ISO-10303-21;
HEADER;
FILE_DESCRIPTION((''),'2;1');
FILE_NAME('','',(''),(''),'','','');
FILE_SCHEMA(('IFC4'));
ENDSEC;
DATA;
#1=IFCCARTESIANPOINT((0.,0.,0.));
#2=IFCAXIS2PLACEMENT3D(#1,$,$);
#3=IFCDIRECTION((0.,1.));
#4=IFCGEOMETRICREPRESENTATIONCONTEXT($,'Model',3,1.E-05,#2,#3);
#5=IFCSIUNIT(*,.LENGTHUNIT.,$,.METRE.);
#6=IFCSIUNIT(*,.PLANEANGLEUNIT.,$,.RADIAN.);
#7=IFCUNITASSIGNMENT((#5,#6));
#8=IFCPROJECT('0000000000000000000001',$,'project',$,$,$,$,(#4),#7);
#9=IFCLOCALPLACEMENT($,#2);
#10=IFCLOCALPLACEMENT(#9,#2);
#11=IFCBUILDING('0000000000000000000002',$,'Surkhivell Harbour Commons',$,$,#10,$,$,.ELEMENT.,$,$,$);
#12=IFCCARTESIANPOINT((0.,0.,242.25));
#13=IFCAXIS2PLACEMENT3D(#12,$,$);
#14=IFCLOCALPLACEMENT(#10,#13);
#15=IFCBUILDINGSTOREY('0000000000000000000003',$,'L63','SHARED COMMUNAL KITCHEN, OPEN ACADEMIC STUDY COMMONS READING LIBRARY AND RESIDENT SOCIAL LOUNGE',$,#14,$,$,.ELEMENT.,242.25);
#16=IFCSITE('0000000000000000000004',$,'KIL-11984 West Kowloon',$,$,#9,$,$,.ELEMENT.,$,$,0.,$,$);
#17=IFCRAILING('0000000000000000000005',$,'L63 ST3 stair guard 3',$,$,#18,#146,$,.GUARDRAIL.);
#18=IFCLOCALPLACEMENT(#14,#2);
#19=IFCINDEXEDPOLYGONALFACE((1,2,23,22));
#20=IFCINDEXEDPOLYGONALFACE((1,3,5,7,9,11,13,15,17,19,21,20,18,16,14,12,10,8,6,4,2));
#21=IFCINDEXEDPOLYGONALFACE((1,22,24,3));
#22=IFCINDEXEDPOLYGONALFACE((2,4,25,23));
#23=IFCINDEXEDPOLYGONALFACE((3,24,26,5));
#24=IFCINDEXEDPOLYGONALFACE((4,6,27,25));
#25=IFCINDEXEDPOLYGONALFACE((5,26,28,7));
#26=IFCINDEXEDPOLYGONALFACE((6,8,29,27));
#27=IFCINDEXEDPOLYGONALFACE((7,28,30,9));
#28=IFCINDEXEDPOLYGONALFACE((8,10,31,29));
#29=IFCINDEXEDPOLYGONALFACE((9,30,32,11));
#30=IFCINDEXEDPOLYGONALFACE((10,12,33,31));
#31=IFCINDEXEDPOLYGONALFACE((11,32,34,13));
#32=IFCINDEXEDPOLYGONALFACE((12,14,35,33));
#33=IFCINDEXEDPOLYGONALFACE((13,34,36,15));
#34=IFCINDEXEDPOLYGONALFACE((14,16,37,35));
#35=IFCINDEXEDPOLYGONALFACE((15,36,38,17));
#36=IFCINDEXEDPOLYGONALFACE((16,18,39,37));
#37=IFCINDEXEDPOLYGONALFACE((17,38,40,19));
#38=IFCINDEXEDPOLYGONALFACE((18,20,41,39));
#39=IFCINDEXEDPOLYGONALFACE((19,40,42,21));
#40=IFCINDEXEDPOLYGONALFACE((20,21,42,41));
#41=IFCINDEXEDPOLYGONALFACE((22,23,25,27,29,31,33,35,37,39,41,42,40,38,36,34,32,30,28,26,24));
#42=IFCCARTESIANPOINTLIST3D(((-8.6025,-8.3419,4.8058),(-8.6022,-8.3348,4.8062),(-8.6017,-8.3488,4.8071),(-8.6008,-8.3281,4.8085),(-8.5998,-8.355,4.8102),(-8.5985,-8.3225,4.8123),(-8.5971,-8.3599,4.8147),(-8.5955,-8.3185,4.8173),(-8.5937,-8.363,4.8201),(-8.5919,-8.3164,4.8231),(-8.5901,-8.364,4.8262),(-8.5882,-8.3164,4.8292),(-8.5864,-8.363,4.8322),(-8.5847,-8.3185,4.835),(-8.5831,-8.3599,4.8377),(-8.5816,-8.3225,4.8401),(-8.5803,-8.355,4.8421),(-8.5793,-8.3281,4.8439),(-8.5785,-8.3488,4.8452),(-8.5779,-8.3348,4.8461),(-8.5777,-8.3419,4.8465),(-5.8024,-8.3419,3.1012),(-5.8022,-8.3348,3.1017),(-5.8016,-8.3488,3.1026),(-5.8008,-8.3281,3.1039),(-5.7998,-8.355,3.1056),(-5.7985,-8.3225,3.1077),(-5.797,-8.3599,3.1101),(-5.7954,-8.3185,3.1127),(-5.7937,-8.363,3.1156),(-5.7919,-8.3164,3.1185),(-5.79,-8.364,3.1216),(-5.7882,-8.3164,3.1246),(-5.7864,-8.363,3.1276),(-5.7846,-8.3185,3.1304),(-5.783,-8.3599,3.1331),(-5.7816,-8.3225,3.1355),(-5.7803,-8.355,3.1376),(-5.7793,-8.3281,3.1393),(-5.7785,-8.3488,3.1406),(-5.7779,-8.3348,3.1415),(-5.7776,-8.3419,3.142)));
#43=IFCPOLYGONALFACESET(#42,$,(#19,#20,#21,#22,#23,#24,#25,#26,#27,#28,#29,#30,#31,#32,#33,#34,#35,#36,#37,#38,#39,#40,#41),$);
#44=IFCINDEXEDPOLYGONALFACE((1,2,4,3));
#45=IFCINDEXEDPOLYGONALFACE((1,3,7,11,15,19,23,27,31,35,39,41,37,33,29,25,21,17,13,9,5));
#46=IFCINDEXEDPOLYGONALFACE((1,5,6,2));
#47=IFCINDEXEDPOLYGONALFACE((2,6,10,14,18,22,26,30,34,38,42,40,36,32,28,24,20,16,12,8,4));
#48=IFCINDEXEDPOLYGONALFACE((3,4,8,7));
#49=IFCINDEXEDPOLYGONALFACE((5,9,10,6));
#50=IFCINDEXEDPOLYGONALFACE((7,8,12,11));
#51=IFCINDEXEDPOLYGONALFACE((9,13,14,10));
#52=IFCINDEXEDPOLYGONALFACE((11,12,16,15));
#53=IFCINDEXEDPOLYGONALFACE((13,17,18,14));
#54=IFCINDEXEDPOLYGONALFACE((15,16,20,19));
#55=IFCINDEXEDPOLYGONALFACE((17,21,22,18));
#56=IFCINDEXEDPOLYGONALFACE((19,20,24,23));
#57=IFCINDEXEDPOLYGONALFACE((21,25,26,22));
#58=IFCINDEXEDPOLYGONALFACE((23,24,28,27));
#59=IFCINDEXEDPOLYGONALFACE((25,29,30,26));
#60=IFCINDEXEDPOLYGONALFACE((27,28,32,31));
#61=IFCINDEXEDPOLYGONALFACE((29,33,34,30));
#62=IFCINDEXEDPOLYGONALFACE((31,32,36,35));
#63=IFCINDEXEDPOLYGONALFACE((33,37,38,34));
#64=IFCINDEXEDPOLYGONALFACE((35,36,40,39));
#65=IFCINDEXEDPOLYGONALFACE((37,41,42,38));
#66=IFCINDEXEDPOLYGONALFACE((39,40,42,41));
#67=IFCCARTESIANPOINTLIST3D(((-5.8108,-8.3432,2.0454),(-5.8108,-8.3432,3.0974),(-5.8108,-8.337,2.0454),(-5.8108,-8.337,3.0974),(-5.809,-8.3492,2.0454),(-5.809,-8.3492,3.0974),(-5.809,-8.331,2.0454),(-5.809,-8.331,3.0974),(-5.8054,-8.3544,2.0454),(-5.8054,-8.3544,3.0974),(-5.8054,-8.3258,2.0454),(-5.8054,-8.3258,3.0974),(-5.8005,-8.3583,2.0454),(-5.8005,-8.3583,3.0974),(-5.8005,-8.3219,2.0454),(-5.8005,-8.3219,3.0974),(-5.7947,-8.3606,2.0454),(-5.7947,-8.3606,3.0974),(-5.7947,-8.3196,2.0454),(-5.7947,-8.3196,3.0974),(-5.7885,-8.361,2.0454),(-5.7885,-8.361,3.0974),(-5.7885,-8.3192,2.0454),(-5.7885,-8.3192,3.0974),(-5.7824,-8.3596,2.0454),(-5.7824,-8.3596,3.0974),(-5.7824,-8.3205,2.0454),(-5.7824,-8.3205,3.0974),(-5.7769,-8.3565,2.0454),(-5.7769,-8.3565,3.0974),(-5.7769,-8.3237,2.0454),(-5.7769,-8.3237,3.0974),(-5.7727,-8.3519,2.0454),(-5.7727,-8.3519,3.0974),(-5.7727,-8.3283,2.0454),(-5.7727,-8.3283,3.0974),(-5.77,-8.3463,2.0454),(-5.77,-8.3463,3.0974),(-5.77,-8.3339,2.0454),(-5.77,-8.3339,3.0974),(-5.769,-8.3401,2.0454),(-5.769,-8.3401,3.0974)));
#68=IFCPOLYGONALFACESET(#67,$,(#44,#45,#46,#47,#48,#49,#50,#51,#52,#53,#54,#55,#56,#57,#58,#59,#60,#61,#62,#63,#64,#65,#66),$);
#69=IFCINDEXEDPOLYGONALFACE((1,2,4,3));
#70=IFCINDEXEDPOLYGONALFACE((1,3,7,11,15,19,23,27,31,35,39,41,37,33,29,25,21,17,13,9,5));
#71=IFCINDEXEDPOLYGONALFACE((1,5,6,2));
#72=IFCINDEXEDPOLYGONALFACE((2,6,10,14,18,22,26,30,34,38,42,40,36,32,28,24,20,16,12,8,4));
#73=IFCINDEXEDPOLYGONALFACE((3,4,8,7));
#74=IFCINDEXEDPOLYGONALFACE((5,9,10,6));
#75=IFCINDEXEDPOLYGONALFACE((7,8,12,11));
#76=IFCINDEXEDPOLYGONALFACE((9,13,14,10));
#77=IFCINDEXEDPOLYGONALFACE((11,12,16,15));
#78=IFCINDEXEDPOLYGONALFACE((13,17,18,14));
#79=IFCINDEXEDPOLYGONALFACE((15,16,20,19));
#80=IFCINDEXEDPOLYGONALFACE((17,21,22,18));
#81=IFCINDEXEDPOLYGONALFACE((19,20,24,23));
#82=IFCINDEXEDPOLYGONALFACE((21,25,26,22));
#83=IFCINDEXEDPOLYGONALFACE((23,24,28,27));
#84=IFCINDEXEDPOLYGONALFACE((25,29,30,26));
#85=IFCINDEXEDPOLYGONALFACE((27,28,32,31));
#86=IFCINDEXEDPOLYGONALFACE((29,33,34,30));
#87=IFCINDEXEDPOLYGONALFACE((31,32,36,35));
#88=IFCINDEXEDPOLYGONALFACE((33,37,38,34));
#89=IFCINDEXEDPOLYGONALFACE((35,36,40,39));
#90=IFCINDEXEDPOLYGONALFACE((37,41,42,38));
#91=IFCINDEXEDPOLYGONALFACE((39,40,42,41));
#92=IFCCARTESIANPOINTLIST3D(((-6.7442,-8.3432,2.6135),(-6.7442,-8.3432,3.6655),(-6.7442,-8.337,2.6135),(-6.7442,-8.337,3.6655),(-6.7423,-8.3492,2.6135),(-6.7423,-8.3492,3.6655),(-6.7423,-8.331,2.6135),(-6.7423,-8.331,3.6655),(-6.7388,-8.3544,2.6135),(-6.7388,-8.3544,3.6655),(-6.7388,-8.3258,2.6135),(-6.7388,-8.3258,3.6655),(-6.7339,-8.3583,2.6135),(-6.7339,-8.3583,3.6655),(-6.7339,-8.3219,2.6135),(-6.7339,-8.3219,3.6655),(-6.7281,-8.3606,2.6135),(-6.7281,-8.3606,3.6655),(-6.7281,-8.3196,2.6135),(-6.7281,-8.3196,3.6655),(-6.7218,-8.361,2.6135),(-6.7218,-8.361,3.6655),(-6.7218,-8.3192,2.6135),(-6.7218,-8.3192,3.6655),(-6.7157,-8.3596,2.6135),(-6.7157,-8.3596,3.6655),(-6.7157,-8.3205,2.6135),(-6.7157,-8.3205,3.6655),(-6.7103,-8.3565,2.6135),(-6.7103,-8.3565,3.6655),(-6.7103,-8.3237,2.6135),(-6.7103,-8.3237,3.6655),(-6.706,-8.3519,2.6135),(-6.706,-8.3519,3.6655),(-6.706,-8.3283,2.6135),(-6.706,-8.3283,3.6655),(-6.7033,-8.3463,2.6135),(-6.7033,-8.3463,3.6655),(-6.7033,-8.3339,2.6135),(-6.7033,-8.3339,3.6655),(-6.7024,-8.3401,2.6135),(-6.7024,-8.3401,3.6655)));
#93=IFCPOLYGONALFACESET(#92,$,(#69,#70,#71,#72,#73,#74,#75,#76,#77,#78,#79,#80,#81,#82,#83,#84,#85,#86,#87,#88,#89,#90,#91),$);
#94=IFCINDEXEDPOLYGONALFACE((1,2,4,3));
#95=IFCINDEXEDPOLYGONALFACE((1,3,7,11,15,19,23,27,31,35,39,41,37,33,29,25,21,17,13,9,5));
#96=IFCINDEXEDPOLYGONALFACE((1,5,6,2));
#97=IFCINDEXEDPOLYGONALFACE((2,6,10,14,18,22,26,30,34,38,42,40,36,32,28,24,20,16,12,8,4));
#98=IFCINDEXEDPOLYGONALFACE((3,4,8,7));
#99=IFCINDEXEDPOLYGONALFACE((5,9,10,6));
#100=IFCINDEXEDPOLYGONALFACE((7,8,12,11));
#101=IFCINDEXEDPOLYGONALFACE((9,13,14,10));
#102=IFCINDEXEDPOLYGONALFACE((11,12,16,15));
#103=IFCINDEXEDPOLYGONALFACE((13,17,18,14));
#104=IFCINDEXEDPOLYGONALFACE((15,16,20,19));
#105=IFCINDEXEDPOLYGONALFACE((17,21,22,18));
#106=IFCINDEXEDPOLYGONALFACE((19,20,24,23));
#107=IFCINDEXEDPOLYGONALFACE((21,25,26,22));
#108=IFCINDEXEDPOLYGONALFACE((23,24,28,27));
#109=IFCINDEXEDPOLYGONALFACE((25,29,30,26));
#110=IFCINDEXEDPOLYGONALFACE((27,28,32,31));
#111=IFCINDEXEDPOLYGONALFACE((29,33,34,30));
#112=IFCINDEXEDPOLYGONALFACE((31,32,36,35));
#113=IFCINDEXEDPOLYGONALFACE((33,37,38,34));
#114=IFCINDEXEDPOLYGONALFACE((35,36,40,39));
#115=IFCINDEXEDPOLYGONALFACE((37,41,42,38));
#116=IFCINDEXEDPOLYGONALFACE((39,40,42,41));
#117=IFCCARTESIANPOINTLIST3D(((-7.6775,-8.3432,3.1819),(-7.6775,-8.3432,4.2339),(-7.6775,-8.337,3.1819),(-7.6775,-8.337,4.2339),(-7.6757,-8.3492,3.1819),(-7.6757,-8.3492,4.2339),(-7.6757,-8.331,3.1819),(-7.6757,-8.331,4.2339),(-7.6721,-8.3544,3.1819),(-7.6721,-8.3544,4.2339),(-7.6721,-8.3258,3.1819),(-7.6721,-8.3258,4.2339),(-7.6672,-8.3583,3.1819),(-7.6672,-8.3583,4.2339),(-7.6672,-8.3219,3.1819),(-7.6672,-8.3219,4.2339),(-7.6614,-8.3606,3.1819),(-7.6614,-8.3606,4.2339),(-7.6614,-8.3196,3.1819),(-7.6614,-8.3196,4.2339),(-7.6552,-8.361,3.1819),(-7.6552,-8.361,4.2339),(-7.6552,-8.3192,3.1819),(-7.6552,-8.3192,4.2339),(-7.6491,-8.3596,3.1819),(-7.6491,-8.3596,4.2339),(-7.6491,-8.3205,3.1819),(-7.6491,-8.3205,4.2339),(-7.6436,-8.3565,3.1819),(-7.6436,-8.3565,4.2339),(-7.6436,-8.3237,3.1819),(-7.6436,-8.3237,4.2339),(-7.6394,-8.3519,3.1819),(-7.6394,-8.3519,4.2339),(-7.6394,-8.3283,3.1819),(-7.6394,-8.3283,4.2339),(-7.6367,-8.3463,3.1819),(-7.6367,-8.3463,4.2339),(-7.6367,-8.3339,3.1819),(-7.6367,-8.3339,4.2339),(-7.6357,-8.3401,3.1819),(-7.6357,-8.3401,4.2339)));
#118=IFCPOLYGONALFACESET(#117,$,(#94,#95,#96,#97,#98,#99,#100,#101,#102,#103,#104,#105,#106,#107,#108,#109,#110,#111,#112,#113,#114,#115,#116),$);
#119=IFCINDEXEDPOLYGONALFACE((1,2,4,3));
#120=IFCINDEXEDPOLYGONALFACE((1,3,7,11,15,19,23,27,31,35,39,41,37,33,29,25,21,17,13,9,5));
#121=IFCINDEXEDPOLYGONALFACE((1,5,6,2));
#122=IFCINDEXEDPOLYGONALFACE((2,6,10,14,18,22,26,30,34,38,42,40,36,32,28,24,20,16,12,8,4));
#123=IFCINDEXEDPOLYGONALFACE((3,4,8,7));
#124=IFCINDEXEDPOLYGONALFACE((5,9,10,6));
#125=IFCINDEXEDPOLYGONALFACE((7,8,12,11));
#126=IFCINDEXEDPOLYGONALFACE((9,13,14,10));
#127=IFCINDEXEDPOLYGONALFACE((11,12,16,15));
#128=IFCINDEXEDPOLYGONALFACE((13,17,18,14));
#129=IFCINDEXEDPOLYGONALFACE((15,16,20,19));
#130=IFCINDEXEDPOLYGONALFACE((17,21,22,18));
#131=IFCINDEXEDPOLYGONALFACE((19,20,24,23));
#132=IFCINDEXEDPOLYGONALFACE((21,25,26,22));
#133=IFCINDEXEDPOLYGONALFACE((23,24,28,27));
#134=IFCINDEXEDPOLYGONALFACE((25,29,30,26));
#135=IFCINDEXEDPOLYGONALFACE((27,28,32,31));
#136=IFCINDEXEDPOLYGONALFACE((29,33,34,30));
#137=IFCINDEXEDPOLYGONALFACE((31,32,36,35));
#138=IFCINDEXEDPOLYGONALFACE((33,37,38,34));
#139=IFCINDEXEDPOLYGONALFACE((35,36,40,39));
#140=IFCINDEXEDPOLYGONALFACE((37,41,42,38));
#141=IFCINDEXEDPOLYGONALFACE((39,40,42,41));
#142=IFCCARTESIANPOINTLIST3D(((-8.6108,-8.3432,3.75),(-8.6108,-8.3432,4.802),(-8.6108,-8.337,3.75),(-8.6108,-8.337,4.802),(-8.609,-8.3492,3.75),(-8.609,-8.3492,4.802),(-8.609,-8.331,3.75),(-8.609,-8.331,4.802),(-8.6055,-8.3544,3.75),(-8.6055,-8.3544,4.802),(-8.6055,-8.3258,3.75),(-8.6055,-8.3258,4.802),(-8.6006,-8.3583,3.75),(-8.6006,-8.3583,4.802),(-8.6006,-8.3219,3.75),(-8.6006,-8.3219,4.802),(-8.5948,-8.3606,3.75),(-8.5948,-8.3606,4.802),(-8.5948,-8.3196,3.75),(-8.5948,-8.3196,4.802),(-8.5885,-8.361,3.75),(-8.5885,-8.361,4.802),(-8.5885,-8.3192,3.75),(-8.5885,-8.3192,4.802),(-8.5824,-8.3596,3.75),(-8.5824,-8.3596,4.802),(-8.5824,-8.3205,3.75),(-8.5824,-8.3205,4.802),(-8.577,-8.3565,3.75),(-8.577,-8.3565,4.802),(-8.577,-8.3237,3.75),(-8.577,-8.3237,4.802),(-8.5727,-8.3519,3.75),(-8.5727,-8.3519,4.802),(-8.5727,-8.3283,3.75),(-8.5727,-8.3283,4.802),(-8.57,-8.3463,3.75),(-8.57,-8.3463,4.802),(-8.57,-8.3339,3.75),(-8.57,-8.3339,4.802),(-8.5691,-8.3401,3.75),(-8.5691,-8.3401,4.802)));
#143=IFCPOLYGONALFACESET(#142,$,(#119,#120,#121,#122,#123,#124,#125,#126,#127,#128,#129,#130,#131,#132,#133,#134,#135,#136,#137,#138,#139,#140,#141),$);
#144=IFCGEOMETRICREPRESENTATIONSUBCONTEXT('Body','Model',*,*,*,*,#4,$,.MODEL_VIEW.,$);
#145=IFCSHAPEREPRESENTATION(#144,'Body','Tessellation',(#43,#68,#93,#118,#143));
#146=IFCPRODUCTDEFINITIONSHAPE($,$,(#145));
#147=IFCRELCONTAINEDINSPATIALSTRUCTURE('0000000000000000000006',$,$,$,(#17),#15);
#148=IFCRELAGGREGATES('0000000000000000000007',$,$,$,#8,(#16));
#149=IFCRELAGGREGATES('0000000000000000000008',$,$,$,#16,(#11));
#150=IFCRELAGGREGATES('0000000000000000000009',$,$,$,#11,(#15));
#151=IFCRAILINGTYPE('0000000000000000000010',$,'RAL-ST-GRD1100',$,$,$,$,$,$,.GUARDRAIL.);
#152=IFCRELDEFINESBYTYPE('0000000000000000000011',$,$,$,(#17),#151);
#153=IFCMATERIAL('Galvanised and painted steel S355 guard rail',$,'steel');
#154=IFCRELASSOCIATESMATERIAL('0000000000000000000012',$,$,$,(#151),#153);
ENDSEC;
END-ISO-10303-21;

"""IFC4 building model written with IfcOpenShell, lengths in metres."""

from ifc_helpers import new_model, si_unit, direction, frame, origin, origin_2d, place, context, subcontext, project, spatial, circle, extrude, material, type_object, element, save


model = new_model("IFC4")

# Units and contexts
model_context = context("Model", 3, precision=1e-05, world=origin(), true_north=direction((0.0, 1.0)))
body_context = subcontext(model_context, "Body", "Model", "MODEL_VIEW")
ifc_project = project(units=[si_unit("LENGTHUNIT", "METRE"), si_unit("PLANEANGLEUNIT", "RADIAN")], contexts=[model_context])

# Site, building, storey
site_placement = place(None, origin())
site = spatial("IfcSite", under=ifc_project, at=site_placement, Name="KIL-11984 West Kowloon", CompositionType="ELEMENT", RefElevation=0.0)
building_placement = place(site_placement, origin())
building = spatial("IfcBuilding", under=site, at=building_placement, Name="Surkhivell Harbour Commons", CompositionType="ELEMENT")
storey_placement = place(building_placement, frame((0.0, 0.0, 242.25)))
storey = spatial("IfcBuildingStorey", under=building, at=storey_placement, Name="L63", Description="SHARED COMMUNAL KITCHEN, OPEN ACADEMIC STUDY COMMONS READING LIBRARY AND RESIDENT SOCIAL LOUNGE", CompositionType="ELEMENT", Elevation=242.25)

# Railing
ifc_material_1 = material(Name="Galvanised and painted steel S355 guard rail", Category="steel")
railing_type_1 = type_object("IfcRailingType", Name="RAL-ST-GRD1100", PredefinedType="GUARDRAIL", material=ifc_material_1)
railing_1_placement = place(storey_placement, frame((-5.79, -8.3401, 2.0454)))
element("IfcRailing", 1, at=railing_1_placement, inside=storey, type_object=railing_type_1, Name="L63 ST3 stair guard 3", PredefinedType="GUARDRAIL", context=body_context, shape_type="SweptSolid", body=[
    extrude(circle(Radius=0.0239, at=origin_2d()), frame((0.0, 0.0, 1.0762), z_axis=(-0.85417, 0.0, 0.519994), x_axis=(0.0, -1.0, 0.0)), (0.0, 0.0, 1.0), 3.2781),
    extrude(circle(Radius=0.021, at=origin_2d()), origin(), (0.0, 0.0, 1.0), 1.052),
    extrude(circle(Radius=0.021, at=origin_2d()), frame((-0.9333, 0.0, 0.5681)), (0.0, 0.0, 1.0), 1.052),
    extrude(circle(Radius=0.021, at=origin_2d()), frame((-1.8667, 0.0, 1.1365)), (0.0, 0.0, 1.0), 1.052),
    extrude(circle(Radius=0.021, at=origin_2d()), frame((-2.8, 0.0, 1.7046)), (0.0, 0.0, 1.0), 1.052),
])

save(model, "model.ifc")
